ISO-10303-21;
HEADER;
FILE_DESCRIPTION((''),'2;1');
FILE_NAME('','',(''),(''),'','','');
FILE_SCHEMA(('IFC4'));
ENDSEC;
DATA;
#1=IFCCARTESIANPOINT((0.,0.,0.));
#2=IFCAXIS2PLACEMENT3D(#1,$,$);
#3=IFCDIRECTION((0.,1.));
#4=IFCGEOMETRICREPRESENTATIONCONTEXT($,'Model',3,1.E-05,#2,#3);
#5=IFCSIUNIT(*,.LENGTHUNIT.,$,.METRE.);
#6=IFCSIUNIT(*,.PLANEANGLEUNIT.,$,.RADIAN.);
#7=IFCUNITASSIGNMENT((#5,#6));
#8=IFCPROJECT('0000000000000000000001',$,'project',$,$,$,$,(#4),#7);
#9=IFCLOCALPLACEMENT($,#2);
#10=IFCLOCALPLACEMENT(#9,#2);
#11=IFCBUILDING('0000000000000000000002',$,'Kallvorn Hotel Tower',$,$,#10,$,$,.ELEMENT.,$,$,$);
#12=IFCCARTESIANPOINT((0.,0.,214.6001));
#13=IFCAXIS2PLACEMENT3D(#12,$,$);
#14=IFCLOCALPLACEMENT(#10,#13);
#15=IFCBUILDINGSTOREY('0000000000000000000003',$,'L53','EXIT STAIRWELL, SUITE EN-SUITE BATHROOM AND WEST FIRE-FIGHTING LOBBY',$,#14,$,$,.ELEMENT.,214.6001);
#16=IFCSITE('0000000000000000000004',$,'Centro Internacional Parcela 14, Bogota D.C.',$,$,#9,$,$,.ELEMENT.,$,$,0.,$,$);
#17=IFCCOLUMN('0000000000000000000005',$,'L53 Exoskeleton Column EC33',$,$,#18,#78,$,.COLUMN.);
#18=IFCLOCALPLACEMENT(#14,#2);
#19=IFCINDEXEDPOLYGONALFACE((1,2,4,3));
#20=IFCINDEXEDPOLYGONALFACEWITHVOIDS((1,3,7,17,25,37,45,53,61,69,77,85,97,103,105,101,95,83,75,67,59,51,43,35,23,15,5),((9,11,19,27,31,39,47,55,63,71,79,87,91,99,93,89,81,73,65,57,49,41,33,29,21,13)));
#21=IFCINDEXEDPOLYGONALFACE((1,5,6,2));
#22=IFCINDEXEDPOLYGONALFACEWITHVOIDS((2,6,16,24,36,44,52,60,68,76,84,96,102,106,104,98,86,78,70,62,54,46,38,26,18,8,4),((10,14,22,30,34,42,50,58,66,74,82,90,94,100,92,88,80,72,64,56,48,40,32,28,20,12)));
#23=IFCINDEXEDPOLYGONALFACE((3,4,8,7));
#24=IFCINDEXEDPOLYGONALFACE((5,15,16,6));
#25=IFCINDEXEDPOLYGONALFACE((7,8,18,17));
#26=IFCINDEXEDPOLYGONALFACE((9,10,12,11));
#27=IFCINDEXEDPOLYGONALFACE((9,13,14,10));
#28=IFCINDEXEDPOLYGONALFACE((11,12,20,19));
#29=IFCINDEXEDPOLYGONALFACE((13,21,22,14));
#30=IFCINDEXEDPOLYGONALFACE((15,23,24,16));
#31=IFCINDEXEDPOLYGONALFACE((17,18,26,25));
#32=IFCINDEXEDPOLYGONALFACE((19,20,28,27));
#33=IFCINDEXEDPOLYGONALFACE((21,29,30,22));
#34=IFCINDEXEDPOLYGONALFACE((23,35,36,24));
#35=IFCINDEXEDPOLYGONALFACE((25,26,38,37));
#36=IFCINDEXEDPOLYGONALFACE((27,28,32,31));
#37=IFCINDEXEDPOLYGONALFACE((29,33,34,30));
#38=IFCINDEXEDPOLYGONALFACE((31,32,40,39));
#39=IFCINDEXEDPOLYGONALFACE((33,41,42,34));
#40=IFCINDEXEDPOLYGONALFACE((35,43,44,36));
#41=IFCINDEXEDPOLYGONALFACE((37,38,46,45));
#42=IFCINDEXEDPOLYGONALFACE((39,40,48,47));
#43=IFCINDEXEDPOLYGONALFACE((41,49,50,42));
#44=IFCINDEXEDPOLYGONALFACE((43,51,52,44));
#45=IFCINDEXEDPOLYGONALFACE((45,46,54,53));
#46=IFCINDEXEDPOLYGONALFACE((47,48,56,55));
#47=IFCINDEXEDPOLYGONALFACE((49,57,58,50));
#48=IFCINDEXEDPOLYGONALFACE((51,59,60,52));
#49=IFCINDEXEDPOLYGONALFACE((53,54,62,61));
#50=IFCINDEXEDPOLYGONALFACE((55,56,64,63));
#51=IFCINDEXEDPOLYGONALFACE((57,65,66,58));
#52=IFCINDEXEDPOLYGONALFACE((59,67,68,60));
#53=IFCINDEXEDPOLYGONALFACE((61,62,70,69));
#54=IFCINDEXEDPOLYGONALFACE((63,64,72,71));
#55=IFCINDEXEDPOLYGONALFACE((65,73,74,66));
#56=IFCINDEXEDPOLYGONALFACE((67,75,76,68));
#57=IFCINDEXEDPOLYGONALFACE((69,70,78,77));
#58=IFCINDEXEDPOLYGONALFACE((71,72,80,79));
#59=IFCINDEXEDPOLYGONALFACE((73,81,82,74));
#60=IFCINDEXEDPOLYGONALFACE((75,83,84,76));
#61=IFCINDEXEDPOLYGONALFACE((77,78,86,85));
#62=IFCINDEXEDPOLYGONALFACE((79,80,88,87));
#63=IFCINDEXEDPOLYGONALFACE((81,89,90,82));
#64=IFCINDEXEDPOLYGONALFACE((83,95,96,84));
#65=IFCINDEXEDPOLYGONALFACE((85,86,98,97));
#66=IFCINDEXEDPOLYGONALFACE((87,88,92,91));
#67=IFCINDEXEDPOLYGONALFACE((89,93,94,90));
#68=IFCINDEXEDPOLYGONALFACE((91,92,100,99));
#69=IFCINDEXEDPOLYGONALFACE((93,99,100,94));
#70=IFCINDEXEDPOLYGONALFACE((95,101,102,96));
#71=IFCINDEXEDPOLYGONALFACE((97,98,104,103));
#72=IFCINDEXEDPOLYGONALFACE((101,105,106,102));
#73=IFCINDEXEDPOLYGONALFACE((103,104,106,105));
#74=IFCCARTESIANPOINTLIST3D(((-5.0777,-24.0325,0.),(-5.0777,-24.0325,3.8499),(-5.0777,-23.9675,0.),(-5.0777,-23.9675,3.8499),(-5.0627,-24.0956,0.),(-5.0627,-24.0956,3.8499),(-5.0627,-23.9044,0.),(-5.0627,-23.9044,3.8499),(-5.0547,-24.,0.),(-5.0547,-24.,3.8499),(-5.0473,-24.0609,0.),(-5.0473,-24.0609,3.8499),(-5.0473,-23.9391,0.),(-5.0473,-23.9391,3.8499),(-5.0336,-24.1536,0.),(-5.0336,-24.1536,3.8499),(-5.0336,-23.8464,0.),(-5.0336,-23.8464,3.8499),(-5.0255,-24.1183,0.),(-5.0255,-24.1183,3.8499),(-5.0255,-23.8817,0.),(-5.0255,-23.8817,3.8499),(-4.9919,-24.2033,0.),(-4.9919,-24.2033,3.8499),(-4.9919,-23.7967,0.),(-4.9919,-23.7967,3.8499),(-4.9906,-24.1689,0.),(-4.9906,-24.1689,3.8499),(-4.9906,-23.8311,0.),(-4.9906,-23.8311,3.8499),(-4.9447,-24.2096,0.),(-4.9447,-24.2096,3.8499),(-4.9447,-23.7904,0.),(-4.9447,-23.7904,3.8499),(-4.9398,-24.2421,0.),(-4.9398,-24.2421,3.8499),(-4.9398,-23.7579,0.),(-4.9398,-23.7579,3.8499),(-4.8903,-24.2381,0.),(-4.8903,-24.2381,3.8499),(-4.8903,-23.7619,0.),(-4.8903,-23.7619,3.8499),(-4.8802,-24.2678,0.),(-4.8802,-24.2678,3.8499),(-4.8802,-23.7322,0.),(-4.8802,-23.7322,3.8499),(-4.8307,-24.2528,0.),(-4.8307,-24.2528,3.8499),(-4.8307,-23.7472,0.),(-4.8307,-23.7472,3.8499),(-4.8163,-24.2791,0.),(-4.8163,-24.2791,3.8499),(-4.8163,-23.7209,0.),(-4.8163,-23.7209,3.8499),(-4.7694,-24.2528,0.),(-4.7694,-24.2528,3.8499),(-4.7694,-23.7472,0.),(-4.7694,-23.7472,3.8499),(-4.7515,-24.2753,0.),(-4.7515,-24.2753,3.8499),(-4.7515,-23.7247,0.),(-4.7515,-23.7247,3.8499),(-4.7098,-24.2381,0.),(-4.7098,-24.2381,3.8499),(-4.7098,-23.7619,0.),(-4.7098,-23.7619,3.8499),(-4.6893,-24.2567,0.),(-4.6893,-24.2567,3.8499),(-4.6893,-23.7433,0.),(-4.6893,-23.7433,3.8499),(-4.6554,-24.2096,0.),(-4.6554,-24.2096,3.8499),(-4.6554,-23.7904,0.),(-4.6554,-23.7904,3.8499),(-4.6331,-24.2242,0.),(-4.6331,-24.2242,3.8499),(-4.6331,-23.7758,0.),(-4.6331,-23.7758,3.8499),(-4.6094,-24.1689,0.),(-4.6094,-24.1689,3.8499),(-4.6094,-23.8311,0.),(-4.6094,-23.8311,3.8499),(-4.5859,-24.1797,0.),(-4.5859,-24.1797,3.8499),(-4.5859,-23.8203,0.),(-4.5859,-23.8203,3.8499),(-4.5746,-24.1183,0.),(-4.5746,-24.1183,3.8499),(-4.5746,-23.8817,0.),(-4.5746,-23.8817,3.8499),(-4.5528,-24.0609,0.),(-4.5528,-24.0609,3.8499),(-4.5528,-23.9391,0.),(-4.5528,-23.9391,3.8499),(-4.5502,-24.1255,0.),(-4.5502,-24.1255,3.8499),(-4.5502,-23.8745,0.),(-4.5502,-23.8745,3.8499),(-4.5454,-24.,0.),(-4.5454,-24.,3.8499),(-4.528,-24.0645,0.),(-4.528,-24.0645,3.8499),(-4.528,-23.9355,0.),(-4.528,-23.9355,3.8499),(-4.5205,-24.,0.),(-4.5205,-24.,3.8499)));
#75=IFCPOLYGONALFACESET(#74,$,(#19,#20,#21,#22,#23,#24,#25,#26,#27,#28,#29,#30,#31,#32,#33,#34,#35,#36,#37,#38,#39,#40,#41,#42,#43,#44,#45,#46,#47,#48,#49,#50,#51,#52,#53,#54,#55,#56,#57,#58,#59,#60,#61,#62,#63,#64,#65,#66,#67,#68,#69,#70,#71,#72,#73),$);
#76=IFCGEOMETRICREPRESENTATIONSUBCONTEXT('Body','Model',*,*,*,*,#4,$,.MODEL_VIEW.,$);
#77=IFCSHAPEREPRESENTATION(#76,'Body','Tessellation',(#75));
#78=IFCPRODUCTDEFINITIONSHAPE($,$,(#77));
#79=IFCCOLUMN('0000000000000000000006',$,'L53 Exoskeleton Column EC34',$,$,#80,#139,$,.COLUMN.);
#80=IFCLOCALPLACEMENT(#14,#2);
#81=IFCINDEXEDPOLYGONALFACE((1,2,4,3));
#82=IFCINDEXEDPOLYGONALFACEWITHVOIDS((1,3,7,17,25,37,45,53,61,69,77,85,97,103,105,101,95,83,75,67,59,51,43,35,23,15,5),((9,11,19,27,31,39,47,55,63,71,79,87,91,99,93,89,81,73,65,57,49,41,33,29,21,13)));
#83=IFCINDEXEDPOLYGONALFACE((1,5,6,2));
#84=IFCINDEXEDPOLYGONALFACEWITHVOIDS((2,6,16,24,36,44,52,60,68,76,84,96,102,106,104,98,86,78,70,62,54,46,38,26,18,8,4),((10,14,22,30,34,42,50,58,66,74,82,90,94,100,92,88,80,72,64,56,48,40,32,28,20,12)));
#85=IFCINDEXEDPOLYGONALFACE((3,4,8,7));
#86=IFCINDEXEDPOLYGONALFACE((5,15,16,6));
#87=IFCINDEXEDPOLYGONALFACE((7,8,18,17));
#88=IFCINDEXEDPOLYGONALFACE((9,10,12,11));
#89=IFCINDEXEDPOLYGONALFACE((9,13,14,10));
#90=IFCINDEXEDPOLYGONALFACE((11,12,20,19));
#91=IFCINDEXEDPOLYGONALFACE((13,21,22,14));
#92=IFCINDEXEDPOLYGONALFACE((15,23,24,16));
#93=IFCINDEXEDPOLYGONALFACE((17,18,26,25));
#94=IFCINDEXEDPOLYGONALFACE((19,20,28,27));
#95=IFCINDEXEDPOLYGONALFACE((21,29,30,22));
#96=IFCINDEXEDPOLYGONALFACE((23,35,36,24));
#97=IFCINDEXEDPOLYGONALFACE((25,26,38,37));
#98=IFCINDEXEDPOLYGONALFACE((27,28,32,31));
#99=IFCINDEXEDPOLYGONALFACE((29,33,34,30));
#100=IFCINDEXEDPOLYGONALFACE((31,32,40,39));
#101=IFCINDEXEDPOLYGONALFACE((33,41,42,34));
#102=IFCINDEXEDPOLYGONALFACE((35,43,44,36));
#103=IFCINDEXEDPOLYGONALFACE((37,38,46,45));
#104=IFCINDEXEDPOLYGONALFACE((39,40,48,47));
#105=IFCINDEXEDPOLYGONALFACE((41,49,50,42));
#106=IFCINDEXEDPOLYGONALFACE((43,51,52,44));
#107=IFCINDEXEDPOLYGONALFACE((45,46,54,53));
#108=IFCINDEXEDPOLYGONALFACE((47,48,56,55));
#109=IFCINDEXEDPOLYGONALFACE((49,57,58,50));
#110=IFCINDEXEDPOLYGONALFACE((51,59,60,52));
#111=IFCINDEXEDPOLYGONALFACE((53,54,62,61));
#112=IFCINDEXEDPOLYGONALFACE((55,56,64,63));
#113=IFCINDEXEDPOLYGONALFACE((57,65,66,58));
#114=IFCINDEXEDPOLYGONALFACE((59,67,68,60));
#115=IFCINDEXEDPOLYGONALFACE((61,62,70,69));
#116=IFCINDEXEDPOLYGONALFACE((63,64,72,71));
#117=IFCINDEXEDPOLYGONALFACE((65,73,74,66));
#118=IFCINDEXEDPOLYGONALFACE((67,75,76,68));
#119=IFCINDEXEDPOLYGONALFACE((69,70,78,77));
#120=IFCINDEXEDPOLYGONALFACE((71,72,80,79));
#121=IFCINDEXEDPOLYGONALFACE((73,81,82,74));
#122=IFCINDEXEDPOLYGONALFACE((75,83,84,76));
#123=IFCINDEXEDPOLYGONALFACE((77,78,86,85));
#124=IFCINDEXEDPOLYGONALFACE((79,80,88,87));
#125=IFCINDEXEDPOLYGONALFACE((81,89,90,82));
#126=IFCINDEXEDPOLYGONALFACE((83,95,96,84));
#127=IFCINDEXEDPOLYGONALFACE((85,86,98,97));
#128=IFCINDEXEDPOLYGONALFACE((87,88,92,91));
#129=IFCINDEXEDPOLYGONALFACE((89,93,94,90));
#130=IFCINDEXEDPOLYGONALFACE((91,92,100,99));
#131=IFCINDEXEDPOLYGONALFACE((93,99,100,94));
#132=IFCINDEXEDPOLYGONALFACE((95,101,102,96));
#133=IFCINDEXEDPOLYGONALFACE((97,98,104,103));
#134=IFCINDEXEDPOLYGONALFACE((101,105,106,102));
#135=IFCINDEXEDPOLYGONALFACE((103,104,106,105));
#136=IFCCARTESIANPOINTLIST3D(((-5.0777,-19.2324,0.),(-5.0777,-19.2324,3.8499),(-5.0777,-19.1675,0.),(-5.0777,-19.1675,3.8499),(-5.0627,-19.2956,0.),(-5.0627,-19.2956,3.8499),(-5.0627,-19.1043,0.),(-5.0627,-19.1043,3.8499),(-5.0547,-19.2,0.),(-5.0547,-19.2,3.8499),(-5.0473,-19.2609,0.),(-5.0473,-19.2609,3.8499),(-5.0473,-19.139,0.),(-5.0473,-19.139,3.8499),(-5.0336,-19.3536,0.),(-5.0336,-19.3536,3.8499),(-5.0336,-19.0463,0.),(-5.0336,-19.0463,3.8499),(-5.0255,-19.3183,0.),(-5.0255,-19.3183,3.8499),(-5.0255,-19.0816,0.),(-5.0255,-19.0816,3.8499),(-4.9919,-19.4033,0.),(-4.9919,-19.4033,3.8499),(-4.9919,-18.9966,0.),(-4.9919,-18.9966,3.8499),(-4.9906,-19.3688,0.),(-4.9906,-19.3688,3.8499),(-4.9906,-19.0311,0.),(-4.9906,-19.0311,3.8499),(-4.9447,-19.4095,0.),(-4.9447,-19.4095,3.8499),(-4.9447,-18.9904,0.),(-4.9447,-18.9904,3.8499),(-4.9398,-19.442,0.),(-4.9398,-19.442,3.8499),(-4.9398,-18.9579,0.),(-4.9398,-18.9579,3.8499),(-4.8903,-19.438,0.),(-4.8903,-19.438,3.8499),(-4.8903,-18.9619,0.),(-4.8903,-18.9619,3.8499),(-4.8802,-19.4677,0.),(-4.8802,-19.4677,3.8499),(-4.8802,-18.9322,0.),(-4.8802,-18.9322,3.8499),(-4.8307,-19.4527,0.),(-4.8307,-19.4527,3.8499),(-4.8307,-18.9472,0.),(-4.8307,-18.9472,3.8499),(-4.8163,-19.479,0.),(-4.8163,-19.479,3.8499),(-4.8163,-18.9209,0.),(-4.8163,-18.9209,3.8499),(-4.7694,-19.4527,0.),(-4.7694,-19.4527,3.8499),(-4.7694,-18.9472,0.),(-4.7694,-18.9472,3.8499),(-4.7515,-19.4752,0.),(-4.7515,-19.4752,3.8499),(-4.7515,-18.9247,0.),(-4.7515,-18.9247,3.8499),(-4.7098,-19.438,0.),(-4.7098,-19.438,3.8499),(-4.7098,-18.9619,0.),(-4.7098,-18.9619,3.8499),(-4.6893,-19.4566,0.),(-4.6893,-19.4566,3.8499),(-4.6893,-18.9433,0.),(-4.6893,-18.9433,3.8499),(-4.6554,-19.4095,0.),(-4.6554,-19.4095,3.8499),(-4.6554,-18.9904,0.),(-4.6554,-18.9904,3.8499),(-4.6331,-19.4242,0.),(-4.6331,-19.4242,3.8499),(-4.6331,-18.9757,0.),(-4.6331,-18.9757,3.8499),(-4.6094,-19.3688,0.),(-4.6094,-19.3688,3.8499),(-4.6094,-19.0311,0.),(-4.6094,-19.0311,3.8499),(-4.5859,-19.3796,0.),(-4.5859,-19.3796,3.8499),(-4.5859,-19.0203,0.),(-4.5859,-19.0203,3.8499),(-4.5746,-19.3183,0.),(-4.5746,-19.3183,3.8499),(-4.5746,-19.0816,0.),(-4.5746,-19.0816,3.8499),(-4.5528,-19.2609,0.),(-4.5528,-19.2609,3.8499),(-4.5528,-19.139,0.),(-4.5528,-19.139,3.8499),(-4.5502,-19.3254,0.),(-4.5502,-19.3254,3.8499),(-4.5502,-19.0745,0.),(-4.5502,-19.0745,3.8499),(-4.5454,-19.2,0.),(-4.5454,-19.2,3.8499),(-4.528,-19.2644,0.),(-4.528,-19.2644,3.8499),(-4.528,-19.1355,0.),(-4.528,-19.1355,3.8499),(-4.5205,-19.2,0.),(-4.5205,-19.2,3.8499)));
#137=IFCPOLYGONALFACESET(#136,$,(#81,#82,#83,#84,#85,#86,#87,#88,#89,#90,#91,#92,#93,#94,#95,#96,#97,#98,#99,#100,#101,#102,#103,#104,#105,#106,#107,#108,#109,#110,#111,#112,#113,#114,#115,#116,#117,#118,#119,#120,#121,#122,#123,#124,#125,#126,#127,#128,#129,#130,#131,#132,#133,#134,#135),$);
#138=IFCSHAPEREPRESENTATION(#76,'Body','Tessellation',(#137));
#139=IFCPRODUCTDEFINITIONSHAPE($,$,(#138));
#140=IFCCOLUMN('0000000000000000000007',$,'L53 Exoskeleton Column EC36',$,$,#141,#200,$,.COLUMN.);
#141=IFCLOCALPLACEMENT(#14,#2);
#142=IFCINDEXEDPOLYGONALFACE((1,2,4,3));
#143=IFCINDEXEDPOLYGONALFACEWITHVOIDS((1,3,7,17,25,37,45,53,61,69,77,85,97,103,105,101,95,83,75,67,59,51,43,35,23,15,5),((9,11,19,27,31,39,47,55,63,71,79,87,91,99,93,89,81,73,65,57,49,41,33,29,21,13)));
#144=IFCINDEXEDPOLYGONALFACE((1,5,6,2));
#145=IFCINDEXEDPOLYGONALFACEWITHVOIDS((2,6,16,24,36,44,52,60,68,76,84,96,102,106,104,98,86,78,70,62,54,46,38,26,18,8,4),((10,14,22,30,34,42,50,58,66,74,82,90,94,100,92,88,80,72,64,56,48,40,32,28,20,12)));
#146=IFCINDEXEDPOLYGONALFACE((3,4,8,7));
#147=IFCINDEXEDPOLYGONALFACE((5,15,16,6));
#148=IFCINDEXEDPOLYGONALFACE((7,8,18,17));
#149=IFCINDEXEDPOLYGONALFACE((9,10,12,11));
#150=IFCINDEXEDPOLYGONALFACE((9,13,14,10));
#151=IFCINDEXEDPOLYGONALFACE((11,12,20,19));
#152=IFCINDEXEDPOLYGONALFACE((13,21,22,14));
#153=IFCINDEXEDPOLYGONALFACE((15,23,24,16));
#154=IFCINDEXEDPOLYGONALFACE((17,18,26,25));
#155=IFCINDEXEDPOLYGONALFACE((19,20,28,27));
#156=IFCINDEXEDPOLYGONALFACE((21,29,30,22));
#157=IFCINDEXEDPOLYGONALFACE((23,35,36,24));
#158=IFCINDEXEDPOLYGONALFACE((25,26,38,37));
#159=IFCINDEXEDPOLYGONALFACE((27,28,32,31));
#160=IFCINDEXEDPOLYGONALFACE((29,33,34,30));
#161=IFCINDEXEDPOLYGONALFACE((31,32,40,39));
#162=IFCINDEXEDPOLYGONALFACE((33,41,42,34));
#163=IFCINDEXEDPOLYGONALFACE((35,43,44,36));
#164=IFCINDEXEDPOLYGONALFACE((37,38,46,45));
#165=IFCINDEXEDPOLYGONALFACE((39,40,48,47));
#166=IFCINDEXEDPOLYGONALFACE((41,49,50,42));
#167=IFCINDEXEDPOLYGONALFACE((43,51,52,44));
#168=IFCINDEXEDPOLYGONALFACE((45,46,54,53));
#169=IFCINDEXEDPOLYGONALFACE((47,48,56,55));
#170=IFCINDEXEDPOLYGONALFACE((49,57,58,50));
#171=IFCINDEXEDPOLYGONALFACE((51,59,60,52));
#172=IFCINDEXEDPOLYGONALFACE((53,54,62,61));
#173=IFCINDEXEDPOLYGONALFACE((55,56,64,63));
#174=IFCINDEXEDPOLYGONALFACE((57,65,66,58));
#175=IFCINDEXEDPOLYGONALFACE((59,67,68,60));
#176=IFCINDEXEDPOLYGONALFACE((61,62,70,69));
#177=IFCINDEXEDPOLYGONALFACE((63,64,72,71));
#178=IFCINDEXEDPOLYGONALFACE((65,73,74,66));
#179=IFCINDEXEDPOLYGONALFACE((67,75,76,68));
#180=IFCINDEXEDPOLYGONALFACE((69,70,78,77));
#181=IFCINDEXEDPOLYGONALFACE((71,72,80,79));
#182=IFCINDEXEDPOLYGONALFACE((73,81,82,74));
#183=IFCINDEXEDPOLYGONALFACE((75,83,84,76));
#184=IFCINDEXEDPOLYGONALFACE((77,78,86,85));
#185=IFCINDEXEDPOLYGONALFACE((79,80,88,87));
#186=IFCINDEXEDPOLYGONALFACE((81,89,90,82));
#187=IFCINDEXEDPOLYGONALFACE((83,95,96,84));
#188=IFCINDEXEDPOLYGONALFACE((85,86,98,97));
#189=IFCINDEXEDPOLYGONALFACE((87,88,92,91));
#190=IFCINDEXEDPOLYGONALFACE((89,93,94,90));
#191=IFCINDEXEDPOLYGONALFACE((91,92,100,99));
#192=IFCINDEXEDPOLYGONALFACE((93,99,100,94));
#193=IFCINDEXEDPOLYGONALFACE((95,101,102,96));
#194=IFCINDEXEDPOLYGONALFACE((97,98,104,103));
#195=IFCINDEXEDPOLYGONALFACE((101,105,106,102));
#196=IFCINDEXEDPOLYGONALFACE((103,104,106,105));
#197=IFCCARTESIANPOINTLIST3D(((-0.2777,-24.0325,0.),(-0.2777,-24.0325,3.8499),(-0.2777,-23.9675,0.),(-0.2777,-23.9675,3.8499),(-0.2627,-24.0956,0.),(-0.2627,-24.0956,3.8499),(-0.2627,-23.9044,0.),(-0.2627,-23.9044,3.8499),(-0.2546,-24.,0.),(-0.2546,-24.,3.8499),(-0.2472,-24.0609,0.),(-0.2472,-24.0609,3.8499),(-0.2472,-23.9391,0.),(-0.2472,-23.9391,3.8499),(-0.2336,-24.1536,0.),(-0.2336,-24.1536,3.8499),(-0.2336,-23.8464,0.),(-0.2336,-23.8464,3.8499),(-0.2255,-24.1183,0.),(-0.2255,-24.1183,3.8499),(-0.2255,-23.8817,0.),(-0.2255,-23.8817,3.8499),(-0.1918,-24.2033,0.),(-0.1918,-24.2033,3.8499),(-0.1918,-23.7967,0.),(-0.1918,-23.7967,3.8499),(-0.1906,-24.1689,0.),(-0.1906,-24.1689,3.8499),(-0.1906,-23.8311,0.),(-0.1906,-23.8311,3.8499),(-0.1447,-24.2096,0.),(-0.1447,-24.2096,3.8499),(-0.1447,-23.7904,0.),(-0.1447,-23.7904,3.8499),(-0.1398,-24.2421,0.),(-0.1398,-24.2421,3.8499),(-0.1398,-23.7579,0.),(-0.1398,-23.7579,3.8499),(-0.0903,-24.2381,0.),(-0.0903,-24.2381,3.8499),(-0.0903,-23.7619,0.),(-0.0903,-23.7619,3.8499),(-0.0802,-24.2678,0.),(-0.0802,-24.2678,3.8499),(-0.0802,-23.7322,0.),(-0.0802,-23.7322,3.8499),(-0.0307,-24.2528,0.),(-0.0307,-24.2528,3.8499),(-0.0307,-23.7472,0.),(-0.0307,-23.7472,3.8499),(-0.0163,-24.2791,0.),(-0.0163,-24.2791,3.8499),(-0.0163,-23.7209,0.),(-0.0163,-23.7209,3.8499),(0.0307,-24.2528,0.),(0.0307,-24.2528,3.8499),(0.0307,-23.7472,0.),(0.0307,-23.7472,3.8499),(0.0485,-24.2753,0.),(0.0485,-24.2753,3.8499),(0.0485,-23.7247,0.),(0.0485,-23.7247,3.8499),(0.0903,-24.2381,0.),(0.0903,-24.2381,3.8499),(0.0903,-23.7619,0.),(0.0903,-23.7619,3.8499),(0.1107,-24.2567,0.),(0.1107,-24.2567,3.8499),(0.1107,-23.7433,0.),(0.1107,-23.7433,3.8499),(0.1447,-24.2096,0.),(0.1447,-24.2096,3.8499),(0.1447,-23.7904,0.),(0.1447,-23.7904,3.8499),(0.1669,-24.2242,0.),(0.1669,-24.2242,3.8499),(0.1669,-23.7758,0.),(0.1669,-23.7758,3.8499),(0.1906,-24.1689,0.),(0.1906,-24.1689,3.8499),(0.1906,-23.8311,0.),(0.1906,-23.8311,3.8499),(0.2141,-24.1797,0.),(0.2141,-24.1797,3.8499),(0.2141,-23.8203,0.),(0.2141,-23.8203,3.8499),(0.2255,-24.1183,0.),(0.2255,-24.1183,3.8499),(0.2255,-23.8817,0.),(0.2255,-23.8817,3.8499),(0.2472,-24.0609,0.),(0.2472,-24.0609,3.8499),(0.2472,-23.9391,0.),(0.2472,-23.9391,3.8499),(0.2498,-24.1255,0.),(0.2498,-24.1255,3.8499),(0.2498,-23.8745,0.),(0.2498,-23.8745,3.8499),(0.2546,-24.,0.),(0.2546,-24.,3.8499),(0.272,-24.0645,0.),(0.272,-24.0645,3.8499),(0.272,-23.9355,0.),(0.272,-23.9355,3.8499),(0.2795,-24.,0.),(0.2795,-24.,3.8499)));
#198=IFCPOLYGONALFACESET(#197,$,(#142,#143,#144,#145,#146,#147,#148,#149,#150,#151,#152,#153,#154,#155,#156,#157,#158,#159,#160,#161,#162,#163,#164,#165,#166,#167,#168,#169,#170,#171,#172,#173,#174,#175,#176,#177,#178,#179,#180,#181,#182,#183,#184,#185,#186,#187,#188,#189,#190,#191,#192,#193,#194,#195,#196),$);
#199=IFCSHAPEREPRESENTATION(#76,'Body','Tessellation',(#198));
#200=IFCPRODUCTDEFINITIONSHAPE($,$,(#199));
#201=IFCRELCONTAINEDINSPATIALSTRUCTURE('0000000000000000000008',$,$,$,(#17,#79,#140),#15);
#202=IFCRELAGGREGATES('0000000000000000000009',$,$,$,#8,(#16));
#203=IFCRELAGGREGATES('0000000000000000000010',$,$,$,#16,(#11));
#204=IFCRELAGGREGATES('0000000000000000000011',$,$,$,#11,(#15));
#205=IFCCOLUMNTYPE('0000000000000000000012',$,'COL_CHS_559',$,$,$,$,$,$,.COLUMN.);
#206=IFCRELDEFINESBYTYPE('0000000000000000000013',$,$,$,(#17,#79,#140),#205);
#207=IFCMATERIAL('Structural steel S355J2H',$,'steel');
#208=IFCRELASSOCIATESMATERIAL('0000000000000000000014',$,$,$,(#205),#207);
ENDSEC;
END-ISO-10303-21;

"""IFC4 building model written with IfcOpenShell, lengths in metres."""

from ifc_helpers import new_model, si_unit, direction, frame, origin, origin_2d, place, context, subcontext, project, spatial, hollow_circle, extrude, material, material_profile, profile_set, type_object, element, save


model = new_model("IFC4")

# Units and contexts
model_context = context("Model", 3, precision=1e-05, world=origin(), true_north=direction((0.0, 1.0)))
body_context = subcontext(model_context, "Body", "Model", "MODEL_VIEW")
ifc_project = project(units=[si_unit("LENGTHUNIT", "METRE"), si_unit("PLANEANGLEUNIT", "RADIAN")], contexts=[model_context])

# Site, building, storey
site_placement = place(None, origin())
site = spatial("IfcSite", under=ifc_project, at=site_placement, Name="Centro Internacional Parcela 14, Bogota D.C.", CompositionType="ELEMENT", RefElevation=0.0)
building_placement = place(site_placement, origin())
building = spatial("IfcBuilding", under=site, at=building_placement, Name="Kallvorn Hotel Tower", CompositionType="ELEMENT")
storey_placement = place(building_placement, frame((0.0, 0.0, 214.6001)))
storey = spatial("IfcBuildingStorey", under=building, at=storey_placement, Name="L53", Description="EXIT STAIRWELL, SUITE EN-SUITE BATHROOM AND WEST FIRE-FIGHTING LOBBY", CompositionType="ELEMENT", Elevation=214.6001)

# Columns
ifc_material_1 = material(Name="Structural steel S355J2H", Category="steel")
ifc_material_profile_1 = material_profile(ifc_material_1, hollow_circle(Radius=0.2795, WallThickness=0.0249, at=origin_2d()), Name="CHS 559x25")
ifc_profile_set_1 = profile_set([ifc_material_profile_1], Name="Structural steel S355J2H")
column_type_1 = type_object("IfcColumnType", Name="COL_CHS_559", PredefinedType="COLUMN", material=ifc_profile_set_1)
for number, where, z_axis, x_axis, name in (
    (1, (-4.8, -24.0, 0.0), (0.0, 0.0, 1.0), (1.0, 0.0, 0.0), "L53 Exoskeleton Column EC33"),
    (2, (-4.8, -19.2, 0.0), (0.0, 0.0, 1.0), (1.0, 0.0, 0.0), "L53 Exoskeleton Column EC34"),
    (3, (0.0, -24.0, 0.0), (0.0, 0.0, 1.0), (1.0, 0.0, 0.0), "L53 Exoskeleton Column EC36"),
):
    element("IfcColumn", number, at=place(storey_placement, frame(where, z_axis=z_axis, x_axis=x_axis)), inside=storey, type_object=column_type_1, Name=name, PredefinedType="COLUMN", context=body_context, shape_type="SweptSolid", body=[
        extrude(hollow_circle(Radius=0.2795, WallThickness=0.0249, at=origin_2d()), origin(), (0.0, 0.0, 1.0), 3.8499),
    ])

save(model, "model.ifc")
